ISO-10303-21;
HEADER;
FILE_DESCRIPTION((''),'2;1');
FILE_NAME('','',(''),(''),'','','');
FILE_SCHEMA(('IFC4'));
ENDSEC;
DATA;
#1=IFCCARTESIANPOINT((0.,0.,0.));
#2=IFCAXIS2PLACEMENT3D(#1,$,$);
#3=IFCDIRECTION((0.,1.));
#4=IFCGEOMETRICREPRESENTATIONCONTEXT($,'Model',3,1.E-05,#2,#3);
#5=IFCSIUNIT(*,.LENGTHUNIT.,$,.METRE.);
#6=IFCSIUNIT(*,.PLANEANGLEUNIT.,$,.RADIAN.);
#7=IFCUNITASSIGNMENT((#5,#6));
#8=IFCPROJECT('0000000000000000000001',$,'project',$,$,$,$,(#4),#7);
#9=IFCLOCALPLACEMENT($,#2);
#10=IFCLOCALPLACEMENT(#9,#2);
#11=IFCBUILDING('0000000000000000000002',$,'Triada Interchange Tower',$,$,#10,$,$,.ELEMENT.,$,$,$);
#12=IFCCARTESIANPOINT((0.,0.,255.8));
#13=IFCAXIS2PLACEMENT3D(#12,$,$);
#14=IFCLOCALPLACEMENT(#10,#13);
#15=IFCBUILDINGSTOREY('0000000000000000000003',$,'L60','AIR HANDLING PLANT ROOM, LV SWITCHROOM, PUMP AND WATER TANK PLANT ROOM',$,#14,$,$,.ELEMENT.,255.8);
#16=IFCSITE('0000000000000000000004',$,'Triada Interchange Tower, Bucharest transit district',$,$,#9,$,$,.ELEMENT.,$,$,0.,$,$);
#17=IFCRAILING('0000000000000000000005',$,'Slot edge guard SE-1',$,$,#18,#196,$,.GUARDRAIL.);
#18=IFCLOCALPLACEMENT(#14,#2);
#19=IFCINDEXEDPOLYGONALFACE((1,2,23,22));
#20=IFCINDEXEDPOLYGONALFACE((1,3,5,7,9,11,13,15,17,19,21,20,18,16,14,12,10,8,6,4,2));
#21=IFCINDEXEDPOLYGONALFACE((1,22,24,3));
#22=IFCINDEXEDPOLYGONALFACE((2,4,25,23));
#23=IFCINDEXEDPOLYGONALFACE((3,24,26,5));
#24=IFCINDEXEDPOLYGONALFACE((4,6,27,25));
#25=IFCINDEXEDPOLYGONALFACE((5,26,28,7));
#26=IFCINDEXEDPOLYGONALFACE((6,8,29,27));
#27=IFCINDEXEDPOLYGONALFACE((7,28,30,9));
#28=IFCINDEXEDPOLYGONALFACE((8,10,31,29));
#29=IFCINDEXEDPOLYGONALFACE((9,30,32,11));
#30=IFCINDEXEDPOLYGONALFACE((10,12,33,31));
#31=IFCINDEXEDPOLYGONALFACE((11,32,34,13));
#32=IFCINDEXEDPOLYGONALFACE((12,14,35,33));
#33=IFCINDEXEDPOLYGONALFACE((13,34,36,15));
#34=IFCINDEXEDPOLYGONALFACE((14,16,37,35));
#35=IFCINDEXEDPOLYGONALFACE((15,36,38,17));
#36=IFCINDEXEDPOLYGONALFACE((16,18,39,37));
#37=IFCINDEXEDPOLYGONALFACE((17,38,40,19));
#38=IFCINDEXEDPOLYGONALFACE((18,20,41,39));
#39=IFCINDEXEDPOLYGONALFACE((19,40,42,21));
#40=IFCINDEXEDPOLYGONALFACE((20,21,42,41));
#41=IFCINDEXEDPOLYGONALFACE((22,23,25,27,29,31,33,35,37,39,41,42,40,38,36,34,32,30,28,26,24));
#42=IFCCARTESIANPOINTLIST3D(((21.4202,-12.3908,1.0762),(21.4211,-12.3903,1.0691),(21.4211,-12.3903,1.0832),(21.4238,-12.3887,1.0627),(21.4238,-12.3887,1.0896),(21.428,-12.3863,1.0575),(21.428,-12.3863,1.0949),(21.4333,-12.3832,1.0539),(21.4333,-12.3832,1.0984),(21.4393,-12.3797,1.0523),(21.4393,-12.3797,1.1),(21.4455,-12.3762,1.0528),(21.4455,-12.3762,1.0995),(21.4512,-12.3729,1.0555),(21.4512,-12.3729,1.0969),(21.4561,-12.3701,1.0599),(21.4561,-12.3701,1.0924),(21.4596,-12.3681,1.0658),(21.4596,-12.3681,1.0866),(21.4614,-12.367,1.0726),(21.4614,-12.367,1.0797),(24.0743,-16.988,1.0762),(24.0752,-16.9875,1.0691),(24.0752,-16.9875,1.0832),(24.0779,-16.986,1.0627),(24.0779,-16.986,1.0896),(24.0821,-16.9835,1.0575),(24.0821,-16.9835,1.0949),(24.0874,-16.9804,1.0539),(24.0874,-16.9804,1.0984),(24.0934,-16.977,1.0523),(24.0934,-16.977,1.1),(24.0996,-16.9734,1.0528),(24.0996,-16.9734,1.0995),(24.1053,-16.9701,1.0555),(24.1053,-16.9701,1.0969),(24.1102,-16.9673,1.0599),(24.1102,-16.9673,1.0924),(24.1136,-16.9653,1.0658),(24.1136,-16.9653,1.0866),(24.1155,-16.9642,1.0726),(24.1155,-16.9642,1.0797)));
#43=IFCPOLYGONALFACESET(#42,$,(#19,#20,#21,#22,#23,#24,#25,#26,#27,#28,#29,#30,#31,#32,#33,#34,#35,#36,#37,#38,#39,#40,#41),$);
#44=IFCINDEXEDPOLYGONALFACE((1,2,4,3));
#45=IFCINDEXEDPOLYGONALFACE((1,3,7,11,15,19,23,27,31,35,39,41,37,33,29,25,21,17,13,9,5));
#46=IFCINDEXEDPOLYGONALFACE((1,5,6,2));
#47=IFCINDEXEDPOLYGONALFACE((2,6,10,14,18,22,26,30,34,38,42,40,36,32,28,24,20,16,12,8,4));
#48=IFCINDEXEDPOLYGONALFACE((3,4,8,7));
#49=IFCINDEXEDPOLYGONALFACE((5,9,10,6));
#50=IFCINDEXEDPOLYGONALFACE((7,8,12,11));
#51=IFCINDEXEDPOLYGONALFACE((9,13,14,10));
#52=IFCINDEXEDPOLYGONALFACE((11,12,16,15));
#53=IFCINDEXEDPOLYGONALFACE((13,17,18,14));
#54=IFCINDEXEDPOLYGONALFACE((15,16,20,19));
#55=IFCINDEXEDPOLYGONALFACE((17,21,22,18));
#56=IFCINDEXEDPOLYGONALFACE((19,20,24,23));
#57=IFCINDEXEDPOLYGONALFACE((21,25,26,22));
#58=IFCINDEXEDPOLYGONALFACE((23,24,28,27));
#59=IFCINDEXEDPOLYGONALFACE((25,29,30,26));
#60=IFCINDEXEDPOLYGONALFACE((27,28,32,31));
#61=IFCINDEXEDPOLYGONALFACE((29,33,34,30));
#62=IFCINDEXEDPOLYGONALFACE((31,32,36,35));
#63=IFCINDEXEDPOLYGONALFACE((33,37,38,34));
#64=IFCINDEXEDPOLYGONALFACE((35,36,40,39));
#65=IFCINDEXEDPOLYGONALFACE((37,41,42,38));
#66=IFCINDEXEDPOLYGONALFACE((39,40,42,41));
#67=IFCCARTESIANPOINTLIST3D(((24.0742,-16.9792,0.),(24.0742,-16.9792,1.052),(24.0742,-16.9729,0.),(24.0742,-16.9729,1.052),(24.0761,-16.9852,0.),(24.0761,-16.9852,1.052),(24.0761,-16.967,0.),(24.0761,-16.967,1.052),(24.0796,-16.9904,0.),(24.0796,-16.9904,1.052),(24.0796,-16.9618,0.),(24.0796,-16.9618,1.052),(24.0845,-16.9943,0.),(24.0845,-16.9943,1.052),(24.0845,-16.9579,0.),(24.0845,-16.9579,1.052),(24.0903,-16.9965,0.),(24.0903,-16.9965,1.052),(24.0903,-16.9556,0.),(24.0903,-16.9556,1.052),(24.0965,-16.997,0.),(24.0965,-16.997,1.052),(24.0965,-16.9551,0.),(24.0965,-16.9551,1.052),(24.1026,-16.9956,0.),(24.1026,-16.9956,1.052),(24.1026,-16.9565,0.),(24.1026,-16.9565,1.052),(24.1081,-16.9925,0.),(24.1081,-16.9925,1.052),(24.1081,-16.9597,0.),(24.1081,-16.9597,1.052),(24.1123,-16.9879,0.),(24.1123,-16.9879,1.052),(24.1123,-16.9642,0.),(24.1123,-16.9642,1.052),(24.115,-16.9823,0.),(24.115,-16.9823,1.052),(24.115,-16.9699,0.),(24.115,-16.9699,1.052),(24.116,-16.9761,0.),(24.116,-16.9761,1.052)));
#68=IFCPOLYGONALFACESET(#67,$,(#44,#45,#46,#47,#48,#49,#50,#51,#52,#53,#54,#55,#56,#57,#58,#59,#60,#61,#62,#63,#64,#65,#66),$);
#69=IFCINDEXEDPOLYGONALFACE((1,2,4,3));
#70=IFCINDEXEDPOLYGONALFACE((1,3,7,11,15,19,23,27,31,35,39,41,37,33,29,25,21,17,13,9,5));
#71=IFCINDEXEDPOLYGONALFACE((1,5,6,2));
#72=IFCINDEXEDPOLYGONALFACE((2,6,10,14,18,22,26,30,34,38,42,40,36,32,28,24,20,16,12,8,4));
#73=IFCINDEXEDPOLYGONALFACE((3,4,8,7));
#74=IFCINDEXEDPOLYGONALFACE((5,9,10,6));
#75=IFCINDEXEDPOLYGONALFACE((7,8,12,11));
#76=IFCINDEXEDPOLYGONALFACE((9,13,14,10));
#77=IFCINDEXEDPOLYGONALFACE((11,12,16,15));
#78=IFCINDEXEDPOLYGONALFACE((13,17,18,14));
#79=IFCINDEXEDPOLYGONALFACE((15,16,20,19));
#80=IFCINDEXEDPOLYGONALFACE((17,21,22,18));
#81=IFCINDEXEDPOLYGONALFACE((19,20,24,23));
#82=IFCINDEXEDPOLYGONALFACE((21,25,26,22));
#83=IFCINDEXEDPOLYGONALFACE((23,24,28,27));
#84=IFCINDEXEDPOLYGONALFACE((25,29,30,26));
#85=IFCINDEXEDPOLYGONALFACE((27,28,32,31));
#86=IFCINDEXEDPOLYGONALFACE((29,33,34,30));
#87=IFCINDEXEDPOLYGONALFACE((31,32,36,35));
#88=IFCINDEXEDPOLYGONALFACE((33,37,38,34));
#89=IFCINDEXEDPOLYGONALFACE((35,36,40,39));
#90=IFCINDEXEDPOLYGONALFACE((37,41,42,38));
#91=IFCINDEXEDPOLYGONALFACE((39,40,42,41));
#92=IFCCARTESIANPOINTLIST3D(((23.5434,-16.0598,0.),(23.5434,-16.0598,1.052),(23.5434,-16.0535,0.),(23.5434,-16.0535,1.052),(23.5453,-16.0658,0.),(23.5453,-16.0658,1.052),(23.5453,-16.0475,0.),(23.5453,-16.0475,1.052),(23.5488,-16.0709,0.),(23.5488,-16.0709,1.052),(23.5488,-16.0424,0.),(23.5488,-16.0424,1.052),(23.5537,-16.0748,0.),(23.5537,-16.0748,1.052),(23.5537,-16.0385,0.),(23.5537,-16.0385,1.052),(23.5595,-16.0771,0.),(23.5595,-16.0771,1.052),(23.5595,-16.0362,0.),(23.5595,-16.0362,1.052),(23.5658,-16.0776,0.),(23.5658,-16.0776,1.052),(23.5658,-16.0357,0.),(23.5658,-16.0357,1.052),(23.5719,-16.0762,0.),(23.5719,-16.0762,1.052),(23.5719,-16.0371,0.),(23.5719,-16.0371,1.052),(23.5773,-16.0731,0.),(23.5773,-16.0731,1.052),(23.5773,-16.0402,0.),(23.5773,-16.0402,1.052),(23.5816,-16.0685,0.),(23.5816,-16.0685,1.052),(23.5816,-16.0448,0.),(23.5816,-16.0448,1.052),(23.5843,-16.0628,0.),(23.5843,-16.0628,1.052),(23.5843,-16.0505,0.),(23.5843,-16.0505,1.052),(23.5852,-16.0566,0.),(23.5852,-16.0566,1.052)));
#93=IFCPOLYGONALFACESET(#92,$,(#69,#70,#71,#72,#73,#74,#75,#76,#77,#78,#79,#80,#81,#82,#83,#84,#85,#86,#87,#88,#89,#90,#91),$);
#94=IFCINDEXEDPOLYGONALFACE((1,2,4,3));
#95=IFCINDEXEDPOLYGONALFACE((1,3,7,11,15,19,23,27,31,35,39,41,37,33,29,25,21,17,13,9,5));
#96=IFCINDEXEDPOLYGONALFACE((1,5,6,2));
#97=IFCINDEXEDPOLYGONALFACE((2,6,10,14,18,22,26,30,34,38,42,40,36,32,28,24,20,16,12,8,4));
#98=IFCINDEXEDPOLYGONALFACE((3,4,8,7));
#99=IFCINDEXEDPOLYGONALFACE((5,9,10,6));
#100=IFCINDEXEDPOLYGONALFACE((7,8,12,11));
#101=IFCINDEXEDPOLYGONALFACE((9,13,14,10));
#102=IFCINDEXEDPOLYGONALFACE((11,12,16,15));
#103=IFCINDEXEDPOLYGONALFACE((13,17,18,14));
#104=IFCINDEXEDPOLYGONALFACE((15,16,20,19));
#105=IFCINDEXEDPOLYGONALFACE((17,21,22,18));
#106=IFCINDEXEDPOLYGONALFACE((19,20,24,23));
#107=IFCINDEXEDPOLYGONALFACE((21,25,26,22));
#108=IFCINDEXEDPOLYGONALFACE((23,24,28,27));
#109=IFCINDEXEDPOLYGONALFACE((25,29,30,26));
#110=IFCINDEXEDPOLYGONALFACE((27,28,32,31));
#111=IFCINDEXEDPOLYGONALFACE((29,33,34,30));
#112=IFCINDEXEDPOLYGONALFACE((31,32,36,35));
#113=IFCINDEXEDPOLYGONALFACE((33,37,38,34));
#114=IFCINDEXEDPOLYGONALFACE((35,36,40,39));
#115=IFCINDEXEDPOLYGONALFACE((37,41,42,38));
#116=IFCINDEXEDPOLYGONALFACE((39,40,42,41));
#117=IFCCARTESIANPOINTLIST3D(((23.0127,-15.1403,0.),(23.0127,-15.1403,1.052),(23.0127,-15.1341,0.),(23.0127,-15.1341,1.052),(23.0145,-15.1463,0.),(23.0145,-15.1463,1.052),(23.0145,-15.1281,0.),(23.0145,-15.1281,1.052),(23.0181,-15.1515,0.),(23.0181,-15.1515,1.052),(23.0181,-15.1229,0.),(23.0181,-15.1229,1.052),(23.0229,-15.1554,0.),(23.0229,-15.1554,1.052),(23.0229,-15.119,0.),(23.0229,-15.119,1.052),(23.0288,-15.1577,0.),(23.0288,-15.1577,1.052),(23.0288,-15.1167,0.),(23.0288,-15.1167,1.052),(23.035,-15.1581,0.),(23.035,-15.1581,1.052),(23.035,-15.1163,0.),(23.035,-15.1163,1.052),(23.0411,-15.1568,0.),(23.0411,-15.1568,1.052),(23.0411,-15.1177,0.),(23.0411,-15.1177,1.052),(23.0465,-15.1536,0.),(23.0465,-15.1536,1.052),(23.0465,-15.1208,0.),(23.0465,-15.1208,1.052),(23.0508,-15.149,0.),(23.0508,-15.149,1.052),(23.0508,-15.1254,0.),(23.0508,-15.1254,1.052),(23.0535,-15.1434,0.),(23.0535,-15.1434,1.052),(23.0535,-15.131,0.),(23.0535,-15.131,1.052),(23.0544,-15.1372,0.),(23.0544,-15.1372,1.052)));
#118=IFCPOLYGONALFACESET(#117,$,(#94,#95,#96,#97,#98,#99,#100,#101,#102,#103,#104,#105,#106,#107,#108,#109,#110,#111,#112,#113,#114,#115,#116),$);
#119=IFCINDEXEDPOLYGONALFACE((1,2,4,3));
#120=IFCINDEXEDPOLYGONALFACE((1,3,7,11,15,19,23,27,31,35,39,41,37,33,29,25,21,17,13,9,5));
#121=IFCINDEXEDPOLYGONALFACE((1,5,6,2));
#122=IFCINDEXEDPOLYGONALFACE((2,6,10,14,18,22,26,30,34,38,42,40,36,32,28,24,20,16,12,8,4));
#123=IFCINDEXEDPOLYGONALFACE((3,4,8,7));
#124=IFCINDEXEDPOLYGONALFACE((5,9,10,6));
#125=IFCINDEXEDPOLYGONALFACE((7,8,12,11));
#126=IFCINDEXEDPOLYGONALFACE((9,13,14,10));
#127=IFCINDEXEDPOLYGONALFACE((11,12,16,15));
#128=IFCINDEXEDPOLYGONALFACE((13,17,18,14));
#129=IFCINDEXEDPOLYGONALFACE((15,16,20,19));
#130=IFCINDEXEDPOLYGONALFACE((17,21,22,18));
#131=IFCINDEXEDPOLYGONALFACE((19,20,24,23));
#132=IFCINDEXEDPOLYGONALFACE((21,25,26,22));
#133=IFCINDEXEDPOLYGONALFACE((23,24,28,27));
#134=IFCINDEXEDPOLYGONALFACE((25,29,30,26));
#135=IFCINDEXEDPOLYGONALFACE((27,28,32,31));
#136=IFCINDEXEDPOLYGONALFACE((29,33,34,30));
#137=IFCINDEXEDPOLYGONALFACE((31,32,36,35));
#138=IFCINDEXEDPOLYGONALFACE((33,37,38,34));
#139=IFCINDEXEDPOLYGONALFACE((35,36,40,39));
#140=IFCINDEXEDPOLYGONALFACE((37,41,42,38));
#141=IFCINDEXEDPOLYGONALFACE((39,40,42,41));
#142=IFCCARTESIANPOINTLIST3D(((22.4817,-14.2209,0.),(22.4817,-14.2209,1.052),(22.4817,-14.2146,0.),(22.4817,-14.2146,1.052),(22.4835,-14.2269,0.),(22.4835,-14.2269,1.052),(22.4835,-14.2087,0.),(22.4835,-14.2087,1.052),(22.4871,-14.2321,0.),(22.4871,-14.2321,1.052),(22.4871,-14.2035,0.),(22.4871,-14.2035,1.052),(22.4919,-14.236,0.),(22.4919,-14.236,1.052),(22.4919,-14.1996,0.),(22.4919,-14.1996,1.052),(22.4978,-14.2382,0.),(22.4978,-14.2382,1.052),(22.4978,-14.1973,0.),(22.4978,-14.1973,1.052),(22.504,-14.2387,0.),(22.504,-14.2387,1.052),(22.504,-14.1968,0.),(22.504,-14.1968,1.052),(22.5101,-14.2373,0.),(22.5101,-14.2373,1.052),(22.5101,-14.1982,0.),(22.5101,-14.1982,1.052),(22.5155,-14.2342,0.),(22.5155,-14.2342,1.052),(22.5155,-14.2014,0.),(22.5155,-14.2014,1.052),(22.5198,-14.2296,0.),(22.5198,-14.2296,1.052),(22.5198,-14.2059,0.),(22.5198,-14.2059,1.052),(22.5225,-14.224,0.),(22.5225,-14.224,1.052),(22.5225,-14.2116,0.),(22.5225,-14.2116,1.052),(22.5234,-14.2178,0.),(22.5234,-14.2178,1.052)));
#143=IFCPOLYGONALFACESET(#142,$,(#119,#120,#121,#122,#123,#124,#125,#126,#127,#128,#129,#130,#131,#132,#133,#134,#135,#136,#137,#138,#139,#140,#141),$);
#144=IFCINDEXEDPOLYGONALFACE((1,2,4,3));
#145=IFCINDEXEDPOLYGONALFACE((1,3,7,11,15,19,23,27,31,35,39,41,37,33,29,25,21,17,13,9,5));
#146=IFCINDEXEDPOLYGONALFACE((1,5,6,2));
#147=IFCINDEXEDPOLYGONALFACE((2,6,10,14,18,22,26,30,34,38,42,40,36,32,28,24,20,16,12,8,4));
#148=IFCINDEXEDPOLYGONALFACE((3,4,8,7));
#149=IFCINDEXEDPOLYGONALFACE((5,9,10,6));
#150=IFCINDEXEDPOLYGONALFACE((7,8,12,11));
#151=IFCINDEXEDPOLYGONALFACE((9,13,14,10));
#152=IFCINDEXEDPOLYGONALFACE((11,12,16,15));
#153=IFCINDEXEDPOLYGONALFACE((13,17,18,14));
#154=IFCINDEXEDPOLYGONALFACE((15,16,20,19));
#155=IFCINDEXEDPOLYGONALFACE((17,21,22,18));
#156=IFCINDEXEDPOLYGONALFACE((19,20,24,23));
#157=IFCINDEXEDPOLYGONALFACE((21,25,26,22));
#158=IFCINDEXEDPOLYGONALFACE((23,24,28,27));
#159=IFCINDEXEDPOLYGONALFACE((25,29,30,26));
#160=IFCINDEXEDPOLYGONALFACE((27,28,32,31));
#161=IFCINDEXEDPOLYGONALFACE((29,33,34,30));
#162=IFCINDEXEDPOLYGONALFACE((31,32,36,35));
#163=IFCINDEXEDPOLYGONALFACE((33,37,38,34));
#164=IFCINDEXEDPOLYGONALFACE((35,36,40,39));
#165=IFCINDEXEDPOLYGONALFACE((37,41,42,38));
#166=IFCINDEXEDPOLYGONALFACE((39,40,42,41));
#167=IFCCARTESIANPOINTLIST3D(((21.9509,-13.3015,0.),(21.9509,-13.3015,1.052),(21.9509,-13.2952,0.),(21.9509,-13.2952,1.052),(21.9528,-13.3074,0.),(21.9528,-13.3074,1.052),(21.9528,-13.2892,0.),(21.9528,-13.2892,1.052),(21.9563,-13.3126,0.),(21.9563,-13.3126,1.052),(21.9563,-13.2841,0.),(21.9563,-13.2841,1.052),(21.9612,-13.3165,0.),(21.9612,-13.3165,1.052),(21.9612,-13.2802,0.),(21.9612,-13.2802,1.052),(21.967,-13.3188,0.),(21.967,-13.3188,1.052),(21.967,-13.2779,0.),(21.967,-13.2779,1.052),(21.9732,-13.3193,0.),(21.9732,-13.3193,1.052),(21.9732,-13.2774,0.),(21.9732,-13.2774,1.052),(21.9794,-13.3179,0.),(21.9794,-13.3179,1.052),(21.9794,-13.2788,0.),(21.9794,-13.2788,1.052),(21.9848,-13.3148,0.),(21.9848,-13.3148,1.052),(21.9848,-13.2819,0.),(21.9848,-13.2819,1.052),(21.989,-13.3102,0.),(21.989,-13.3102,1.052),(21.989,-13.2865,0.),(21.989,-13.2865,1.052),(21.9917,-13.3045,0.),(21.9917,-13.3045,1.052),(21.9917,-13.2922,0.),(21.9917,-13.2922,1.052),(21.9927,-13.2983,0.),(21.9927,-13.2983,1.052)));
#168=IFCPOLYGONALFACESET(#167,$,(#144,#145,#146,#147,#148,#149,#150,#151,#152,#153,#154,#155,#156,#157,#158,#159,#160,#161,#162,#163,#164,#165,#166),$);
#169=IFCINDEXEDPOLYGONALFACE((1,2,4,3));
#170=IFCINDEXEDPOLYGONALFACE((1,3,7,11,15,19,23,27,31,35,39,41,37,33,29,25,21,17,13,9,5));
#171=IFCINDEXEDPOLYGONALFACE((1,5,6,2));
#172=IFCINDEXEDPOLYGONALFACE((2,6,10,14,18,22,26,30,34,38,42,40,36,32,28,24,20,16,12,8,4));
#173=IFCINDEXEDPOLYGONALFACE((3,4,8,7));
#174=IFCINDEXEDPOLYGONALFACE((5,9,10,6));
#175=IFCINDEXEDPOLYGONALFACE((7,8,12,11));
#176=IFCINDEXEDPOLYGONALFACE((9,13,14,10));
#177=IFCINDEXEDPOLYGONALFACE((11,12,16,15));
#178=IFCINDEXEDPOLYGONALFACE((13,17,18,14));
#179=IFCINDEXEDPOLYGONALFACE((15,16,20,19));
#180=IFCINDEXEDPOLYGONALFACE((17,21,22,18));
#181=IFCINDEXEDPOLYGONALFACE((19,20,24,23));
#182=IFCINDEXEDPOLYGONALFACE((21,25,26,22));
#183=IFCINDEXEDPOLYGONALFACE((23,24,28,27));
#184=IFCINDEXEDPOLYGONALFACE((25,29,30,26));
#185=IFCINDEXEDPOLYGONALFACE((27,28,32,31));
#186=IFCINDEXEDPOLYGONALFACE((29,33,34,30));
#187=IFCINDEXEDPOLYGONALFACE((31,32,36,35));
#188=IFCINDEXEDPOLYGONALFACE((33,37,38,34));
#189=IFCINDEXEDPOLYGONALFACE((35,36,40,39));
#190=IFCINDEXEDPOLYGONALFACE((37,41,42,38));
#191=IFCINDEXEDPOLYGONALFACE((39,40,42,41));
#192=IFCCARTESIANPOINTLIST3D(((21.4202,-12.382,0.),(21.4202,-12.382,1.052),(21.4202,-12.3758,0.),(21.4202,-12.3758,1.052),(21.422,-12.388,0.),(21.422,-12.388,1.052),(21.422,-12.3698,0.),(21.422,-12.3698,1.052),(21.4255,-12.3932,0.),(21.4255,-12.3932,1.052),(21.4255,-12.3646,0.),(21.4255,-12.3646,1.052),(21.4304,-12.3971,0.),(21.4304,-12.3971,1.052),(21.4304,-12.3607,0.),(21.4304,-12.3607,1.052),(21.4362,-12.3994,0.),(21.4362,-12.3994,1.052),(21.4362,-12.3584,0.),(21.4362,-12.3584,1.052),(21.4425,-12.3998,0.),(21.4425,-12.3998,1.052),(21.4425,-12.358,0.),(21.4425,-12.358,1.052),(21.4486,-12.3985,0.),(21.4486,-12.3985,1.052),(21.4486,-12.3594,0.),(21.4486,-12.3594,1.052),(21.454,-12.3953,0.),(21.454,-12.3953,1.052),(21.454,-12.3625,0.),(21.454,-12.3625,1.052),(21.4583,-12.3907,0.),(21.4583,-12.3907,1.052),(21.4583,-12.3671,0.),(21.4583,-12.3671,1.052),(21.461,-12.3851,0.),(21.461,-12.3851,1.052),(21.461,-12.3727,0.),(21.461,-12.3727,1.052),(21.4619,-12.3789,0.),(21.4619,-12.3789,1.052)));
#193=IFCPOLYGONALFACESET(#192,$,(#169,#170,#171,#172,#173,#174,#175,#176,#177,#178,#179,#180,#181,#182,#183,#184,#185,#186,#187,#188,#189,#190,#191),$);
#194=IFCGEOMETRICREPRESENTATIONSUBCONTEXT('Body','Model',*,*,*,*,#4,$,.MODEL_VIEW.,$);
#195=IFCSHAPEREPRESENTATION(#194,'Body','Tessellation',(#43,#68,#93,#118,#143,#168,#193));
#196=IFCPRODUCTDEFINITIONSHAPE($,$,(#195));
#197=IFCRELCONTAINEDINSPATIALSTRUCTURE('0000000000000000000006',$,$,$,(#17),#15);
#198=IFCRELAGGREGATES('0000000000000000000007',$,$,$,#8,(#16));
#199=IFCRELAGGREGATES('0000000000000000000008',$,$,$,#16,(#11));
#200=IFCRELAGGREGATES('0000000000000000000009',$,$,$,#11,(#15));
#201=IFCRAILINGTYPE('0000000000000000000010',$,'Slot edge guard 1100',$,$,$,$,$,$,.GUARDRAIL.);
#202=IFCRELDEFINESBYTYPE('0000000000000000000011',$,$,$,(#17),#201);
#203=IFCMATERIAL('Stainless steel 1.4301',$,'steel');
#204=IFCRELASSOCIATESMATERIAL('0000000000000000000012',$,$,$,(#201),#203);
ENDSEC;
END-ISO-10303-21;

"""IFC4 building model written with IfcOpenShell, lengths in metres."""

from ifc_helpers import new_model, si_unit, direction, frame, origin, origin_2d, place, context, subcontext, project, spatial, circle, extrude, material, type_object, element, save


model = new_model("IFC4")

# Units and contexts
model_context = context("Model", 3, precision=1e-05, world=origin(), true_north=direction((0.0, 1.0)))
body_context = subcontext(model_context, "Body", "Model", "MODEL_VIEW")
ifc_project = project(units=[si_unit("LENGTHUNIT", "METRE"), si_unit("PLANEANGLEUNIT", "RADIAN")], contexts=[model_context])

# Site, building, storey
site_placement = place(None, origin())
site = spatial("IfcSite", under=ifc_project, at=site_placement, Name="Triada Interchange Tower, Bucharest transit district", CompositionType="ELEMENT", RefElevation=0.0)
building_placement = place(site_placement, origin())
building = spatial("IfcBuilding", under=site, at=building_placement, Name="Triada Interchange Tower", CompositionType="ELEMENT")
storey_placement = place(building_placement, frame((0.0, 0.0, 255.8)))
storey = spatial("IfcBuildingStorey", under=building, at=storey_placement, Name="L60", Description="AIR HANDLING PLANT ROOM, LV SWITCHROOM, PUMP AND WATER TANK PLANT ROOM", CompositionType="ELEMENT", Elevation=255.8)

# Railing
ifc_material_1 = material(Name="Stainless steel 1.4301", Category="steel")
railing_type = type_object("IfcRailingType", Name="Slot edge guard 1100", PredefinedType="GUARDRAIL", material=ifc_material_1)
railing_1_placement = place(storey_placement, frame((24.095, -16.9761, 0.0)))
element("IfcRailing", 1, at=railing_1_placement, inside=storey, type_object=railing_type, Name="Slot edge guard SE-1", PredefinedType="GUARDRAIL", context=body_context, shape_type="SweptSolid", body=[
    extrude(circle(Radius=0.0239, at=origin_2d()), frame((0.0, 0.0, 1.0762), z_axis=(-0.499983, 0.866035, 0.0), x_axis=(-0.866035, -0.499983, 0.0)), (0.0, 0.0, 1.0), 5.3083),
    extrude(circle(Radius=0.021, at=origin_2d()), origin(), (0.0, 0.0, 1.0), 1.052),
    extrude(circle(Radius=0.021, at=origin_2d()), frame((-0.5308, 0.9194, 0.0)), (0.0, 0.0, 1.0), 1.052),
    extrude(circle(Radius=0.021, at=origin_2d()), frame((-1.0615, 1.8389, 0.0)), (0.0, 0.0, 1.0), 1.052),
    extrude(circle(Radius=0.021, at=origin_2d()), frame((-1.5925, 2.7583, 0.0)), (0.0, 0.0, 1.0), 1.052),
    extrude(circle(Radius=0.021, at=origin_2d()), frame((-2.1233, 3.6777, 0.0)), (0.0, 0.0, 1.0), 1.052),
    extrude(circle(Radius=0.021, at=origin_2d()), frame((-2.6541, 4.5972, 0.0)), (0.0, 0.0, 1.0), 1.052),
])

save(model, "model.ifc")
